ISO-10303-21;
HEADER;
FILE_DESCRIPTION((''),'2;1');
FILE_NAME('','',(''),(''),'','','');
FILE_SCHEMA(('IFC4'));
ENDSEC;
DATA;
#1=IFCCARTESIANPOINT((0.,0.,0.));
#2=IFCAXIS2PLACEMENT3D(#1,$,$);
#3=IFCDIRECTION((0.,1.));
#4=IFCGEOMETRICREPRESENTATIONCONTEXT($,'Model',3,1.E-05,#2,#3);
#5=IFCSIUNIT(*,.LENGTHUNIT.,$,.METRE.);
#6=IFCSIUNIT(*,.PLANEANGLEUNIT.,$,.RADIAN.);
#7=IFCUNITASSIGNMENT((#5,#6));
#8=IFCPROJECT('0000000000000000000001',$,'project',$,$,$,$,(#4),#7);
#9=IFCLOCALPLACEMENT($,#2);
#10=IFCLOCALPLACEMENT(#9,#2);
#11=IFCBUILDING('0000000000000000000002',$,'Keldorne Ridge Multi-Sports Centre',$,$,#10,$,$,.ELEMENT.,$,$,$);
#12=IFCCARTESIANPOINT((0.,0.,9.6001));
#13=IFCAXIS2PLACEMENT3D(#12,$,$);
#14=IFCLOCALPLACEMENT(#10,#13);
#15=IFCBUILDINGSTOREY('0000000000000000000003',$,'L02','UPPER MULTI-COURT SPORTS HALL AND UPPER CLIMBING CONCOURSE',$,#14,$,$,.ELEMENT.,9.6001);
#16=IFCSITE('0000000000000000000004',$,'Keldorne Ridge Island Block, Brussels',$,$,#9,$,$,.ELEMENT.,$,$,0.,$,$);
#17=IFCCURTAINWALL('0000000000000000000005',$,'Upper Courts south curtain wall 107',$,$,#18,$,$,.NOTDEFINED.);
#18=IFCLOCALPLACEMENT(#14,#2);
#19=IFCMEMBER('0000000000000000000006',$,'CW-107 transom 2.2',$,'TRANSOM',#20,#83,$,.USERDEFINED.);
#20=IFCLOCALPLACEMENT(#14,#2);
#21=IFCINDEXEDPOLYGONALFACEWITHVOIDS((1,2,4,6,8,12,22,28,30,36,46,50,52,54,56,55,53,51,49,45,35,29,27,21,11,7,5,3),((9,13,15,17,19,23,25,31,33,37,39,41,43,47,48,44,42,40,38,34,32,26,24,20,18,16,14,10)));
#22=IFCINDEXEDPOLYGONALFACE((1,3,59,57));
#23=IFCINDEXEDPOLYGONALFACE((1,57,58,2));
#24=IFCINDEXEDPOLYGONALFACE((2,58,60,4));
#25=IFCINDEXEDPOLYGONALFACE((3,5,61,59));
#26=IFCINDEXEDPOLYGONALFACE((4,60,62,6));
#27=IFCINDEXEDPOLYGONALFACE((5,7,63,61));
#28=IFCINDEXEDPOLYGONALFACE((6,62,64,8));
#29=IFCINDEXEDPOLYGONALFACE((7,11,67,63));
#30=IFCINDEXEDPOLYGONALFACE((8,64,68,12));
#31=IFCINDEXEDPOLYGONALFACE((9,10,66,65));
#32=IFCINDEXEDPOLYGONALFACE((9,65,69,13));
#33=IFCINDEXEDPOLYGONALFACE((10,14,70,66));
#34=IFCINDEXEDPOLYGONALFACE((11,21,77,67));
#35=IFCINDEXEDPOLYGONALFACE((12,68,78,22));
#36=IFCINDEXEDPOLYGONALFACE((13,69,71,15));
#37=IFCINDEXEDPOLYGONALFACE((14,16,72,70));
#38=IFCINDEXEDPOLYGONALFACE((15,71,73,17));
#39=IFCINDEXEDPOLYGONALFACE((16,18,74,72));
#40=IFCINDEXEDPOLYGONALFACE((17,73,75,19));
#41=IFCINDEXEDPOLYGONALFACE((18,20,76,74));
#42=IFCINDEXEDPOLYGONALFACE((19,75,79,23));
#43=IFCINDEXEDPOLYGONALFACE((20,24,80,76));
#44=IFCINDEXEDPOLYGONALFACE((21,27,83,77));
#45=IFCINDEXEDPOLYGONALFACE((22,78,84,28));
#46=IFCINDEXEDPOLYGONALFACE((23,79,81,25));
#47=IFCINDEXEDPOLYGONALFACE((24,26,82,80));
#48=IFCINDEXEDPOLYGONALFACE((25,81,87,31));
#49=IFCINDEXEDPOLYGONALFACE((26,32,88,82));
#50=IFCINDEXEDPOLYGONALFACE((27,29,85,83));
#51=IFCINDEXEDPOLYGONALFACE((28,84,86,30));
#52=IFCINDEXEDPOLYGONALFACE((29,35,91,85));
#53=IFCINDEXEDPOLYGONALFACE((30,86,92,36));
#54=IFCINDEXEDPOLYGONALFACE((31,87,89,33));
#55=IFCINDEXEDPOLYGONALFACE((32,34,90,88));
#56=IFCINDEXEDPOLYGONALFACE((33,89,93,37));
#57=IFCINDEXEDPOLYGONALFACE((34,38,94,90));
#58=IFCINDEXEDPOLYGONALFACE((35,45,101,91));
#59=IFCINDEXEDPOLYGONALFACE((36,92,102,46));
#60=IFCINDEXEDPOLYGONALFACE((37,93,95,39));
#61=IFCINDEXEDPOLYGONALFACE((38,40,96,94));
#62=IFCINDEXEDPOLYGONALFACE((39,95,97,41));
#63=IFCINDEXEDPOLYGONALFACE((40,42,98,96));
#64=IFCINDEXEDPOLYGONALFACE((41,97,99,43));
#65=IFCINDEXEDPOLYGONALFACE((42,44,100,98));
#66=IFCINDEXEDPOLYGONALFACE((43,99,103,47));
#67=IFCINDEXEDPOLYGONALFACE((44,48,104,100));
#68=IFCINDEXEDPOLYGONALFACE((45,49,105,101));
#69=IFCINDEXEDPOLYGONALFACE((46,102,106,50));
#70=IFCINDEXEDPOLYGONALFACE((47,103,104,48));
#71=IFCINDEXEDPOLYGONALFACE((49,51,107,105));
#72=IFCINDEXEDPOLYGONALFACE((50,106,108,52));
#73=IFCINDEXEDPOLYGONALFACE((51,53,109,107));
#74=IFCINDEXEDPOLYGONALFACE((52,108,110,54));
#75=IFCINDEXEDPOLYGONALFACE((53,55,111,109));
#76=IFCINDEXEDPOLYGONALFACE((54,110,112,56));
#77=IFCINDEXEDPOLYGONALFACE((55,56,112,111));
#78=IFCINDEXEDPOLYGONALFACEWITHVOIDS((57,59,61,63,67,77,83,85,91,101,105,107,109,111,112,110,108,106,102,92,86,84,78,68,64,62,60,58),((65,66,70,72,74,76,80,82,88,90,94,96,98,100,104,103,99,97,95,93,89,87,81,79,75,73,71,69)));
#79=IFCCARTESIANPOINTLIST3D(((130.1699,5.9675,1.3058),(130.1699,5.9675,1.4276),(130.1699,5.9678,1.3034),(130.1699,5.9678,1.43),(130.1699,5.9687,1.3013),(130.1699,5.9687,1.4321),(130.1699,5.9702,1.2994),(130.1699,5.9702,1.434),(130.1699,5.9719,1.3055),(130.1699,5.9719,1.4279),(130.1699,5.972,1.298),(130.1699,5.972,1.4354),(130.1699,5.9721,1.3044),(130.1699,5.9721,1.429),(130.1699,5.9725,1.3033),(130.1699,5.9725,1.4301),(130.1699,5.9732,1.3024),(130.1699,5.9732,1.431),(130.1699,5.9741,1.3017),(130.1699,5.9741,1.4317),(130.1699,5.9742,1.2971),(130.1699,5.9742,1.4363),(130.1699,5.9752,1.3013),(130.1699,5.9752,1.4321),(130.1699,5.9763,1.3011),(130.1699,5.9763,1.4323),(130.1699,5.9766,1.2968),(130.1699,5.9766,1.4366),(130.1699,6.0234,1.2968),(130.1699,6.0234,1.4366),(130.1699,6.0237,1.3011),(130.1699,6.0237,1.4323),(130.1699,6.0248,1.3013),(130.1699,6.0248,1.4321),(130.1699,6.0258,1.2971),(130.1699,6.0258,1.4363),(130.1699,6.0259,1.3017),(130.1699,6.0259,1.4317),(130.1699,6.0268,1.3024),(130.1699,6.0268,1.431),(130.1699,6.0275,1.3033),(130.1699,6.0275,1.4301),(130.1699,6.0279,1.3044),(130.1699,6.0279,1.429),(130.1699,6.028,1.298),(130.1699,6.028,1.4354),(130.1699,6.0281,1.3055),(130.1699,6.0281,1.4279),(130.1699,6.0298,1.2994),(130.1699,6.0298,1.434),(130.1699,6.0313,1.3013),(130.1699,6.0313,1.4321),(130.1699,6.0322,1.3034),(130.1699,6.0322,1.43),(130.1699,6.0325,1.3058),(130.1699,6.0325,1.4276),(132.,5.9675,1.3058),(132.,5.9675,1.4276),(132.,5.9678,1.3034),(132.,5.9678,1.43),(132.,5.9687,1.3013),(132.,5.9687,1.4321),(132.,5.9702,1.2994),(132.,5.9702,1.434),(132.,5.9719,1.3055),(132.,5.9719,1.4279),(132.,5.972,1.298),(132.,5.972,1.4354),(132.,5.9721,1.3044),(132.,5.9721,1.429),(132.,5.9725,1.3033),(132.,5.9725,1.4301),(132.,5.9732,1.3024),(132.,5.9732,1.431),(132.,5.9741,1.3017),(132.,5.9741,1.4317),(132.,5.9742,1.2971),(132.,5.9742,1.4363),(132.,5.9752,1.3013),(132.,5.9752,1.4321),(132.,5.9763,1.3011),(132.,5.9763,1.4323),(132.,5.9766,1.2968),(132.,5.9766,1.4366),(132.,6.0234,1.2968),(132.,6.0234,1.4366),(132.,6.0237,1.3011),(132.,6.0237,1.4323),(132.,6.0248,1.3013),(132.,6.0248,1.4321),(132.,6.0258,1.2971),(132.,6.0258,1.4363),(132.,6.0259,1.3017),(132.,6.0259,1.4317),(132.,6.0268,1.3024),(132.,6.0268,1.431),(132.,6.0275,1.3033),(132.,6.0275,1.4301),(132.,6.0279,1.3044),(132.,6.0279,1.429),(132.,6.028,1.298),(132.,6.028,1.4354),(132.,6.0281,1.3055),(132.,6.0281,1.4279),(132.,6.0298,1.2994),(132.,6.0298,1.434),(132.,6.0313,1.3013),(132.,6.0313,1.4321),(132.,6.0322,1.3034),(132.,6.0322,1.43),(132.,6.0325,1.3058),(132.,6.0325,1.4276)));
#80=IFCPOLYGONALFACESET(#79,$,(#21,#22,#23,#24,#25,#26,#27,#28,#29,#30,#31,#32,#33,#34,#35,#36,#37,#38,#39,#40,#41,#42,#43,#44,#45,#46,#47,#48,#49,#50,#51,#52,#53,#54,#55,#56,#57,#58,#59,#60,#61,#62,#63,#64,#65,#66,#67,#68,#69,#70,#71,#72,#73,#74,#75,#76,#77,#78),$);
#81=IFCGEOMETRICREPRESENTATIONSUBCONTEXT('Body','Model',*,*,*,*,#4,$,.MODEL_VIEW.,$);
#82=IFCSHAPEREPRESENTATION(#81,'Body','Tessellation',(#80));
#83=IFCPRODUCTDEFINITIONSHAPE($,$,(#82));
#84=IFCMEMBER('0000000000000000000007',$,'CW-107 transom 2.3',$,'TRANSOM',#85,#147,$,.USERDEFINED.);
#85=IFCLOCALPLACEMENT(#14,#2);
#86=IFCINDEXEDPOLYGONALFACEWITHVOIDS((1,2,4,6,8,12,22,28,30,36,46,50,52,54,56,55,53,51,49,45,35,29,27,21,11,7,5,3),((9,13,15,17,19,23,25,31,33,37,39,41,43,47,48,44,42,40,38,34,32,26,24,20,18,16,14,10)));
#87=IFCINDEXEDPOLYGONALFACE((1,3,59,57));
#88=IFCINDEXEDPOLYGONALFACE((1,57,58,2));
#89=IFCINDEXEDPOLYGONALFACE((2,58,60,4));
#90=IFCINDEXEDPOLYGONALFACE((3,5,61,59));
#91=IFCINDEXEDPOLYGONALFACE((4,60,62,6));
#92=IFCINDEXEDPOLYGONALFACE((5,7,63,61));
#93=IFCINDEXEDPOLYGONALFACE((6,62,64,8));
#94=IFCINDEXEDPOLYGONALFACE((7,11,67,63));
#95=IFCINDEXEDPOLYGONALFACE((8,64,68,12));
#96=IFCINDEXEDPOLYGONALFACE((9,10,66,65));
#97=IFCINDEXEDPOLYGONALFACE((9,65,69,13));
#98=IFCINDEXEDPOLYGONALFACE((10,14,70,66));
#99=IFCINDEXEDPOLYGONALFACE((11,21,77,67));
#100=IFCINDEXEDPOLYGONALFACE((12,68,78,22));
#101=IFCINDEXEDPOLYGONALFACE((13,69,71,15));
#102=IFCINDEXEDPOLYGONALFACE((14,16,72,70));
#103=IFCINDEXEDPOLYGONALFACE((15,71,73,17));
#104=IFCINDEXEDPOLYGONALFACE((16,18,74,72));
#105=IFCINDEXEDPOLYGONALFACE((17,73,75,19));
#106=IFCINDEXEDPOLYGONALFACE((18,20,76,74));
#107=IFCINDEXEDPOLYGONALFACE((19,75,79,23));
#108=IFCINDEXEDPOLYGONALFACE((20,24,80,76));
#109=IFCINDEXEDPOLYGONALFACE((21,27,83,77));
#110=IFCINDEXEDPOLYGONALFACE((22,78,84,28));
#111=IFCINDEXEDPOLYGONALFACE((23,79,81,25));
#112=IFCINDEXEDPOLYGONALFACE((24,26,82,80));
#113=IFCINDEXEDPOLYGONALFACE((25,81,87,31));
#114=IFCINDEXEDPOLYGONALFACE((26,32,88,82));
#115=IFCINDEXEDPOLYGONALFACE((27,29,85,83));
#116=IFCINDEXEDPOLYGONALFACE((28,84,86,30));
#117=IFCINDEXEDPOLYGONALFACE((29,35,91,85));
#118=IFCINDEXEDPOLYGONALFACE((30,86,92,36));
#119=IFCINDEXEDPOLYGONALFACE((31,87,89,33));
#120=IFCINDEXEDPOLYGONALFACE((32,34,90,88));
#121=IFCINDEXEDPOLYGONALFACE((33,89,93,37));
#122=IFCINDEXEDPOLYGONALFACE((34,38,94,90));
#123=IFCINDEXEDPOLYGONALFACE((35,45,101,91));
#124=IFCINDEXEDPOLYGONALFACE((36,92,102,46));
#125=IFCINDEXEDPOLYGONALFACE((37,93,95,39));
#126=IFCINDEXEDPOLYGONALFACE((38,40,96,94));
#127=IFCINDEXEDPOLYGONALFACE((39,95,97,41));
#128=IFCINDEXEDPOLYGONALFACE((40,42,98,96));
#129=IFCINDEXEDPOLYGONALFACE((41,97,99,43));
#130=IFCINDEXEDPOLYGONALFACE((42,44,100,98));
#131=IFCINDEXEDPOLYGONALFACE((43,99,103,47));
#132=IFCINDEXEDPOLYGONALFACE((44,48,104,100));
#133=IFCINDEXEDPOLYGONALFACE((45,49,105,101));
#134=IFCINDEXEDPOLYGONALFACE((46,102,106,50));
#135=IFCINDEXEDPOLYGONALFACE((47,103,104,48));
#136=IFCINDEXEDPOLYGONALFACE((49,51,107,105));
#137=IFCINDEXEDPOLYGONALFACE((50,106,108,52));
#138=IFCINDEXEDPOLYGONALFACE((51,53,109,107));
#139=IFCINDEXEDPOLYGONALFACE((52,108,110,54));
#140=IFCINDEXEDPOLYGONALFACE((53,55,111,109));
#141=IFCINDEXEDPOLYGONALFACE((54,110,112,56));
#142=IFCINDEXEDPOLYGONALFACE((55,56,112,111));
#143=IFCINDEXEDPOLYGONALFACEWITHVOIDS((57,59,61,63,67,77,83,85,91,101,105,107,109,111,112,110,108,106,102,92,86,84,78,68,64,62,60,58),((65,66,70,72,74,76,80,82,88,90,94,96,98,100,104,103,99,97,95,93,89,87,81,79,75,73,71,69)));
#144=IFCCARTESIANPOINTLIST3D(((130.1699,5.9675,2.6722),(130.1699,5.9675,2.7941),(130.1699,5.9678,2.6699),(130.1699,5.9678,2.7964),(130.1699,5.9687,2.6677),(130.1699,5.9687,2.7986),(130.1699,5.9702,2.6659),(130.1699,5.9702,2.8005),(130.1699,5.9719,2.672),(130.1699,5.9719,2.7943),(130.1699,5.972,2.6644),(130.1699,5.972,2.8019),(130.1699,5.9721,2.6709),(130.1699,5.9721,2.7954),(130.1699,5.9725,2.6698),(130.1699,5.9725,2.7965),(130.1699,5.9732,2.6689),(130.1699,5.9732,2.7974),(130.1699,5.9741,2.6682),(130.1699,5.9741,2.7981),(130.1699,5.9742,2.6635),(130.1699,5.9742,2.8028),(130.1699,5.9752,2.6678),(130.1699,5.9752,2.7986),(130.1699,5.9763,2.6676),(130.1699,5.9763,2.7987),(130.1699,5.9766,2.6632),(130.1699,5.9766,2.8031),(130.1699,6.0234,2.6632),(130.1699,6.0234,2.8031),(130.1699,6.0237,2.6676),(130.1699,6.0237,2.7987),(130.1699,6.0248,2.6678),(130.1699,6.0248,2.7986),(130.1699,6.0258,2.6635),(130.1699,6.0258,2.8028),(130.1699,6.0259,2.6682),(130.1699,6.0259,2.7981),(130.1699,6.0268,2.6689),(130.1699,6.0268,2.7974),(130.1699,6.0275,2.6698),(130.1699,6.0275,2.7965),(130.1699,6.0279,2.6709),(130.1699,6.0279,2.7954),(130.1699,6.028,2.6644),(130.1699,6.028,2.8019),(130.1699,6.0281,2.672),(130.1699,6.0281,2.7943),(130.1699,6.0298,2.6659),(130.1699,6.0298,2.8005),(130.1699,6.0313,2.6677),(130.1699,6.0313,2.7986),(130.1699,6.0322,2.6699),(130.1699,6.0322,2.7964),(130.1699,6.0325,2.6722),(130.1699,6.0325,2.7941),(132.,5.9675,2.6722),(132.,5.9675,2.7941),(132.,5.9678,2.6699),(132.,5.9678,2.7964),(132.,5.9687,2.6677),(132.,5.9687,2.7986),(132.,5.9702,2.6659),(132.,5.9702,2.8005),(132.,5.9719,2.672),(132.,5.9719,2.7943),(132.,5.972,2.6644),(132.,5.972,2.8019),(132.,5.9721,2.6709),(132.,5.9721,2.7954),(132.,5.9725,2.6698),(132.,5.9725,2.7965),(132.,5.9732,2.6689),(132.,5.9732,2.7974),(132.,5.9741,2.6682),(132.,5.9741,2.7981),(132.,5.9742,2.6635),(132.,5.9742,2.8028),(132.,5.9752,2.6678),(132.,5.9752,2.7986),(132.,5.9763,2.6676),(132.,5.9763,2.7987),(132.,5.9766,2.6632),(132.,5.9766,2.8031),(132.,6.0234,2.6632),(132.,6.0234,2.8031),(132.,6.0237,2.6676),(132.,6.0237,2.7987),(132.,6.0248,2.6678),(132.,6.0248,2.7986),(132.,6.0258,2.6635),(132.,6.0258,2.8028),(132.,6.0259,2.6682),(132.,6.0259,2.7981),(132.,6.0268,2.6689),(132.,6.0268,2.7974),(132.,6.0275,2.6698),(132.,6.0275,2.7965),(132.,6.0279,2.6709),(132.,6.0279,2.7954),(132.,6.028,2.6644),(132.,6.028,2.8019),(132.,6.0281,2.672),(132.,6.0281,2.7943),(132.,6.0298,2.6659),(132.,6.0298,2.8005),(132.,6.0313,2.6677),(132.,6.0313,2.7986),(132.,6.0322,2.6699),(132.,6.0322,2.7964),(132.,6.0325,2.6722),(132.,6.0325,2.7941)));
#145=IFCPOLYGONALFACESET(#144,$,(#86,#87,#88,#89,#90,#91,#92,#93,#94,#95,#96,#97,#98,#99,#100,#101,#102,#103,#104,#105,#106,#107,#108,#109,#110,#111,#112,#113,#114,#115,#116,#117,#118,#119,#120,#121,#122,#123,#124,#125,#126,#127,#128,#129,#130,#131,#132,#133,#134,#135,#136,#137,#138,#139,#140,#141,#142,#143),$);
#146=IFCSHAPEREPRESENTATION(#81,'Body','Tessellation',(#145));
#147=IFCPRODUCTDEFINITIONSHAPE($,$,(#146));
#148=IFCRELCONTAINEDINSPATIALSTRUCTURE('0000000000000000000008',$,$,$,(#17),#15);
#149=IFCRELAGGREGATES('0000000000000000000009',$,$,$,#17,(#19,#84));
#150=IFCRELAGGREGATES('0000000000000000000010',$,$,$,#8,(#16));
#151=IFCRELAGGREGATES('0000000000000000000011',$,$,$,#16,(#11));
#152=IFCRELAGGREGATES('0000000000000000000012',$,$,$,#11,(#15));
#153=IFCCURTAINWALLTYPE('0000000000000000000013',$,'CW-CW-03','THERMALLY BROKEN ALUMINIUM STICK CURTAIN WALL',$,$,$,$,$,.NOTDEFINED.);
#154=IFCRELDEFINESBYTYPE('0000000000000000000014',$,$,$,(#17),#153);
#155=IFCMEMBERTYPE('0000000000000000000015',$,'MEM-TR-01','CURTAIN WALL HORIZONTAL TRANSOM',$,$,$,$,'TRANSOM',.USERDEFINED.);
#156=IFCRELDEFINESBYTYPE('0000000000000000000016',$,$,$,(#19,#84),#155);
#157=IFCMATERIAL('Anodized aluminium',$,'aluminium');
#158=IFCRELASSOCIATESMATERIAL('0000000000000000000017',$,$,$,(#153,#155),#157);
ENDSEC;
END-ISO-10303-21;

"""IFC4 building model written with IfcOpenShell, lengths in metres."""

from ifc_helpers import new_model, si_unit, direction, frame, origin, origin_2d, place, context, subcontext, project, spatial, hollow_rectangle, extrude, material, material_profile, profile_set, type_object, element, aggregate, save


model = new_model("IFC4")

# Units and contexts
model_context = context("Model", 3, precision=1e-05, world=origin(), true_north=direction((0.0, 1.0)))
body_context = subcontext(model_context, "Body", "Model", "MODEL_VIEW")
ifc_project = project(units=[si_unit("LENGTHUNIT", "METRE"), si_unit("PLANEANGLEUNIT", "RADIAN")], contexts=[model_context])

# Site, building, storey
site_placement = place(None, origin())
site = spatial("IfcSite", under=ifc_project, at=site_placement, Name="Keldorne Ridge Island Block, Brussels", CompositionType="ELEMENT", RefElevation=0.0)
building_placement = place(site_placement, origin())
building = spatial("IfcBuilding", under=site, at=building_placement, Name="Keldorne Ridge Multi-Sports Centre", CompositionType="ELEMENT")
storey_placement = place(building_placement, frame((0.0, 0.0, 9.6001)))
storey = spatial("IfcBuildingStorey", under=building, at=storey_placement, Name="L02", Description="UPPER MULTI-COURT SPORTS HALL AND UPPER CLIMBING CONCOURSE", CompositionType="ELEMENT", Elevation=9.6001)

# Curtain wall, members
ifc_material_1 = material(Name="Anodized aluminium", Category="aluminium")
curtain_wall_type = type_object("IfcCurtainWallType", Name="CW-CW-03", Description="THERMALLY BROKEN ALUMINIUM STICK CURTAIN WALL", PredefinedType="NOTDEFINED", material=ifc_material_1)
curtain_wall_placement = place(storey_placement, origin())
curtain_wall = element("IfcCurtainWall", 1, at=curtain_wall_placement, inside=storey, type_object=curtain_wall_type, Name="Upper Courts south curtain wall 107", PredefinedType="NOTDEFINED")
ifc_material_profile_1 = material_profile(ifc_material_1, hollow_rectangle(XDim=0.0649, YDim=0.1399, WallThickness=0.0044, InnerFilletRadius=0.0044, OuterFilletRadius=0.009, at=origin_2d()), Name="ALU TRANSOM 140x65x4.5")
ifc_profile_set_1 = profile_set([ifc_material_profile_1], Name="Anodized aluminium")
member_type_1 = type_object("IfcMemberType", Name="MEM-TR-01", Description="CURTAIN WALL HORIZONTAL TRANSOM", ElementType="TRANSOM", PredefinedType="USERDEFINED", material=ifc_profile_set_1)
member_1_placement = place(storey_placement, frame((130.1699, 6.0, 1.3667), z_axis=(1.0, 0.0, 0.0), x_axis=(0.0, 1.0, 0.0)))
member_1 = element("IfcMember", 2, at=member_1_placement, type_object=member_type_1, Name="CW-107 transom 2.2", ObjectType="TRANSOM", PredefinedType="USERDEFINED", context=body_context, shape_type="SweptSolid", body=[
    extrude(hollow_rectangle(XDim=0.0649, YDim=0.1399, WallThickness=0.0044, InnerFilletRadius=0.0044, OuterFilletRadius=0.009, at=origin_2d()), origin(), (0.0, 0.0, 1.0), 1.8301),
])
member_2_placement = place(storey_placement, frame((130.1699, 6.0, 2.7332), z_axis=(1.0, 0.0, 0.0), x_axis=(0.0, 1.0, 0.0)))
member_2 = element("IfcMember", 3, at=member_2_placement, type_object=member_type_1, Name="CW-107 transom 2.3", ObjectType="TRANSOM", PredefinedType="USERDEFINED", context=body_context, shape_type="SweptSolid", body=[
    extrude(hollow_rectangle(XDim=0.0649, YDim=0.1399, WallThickness=0.0044, InnerFilletRadius=0.0044, OuterFilletRadius=0.009, at=origin_2d()), origin(), (0.0, 0.0, 1.0), 1.8301),
])
aggregate(curtain_wall, [member_1, member_2])

save(model, "model.ifc")
